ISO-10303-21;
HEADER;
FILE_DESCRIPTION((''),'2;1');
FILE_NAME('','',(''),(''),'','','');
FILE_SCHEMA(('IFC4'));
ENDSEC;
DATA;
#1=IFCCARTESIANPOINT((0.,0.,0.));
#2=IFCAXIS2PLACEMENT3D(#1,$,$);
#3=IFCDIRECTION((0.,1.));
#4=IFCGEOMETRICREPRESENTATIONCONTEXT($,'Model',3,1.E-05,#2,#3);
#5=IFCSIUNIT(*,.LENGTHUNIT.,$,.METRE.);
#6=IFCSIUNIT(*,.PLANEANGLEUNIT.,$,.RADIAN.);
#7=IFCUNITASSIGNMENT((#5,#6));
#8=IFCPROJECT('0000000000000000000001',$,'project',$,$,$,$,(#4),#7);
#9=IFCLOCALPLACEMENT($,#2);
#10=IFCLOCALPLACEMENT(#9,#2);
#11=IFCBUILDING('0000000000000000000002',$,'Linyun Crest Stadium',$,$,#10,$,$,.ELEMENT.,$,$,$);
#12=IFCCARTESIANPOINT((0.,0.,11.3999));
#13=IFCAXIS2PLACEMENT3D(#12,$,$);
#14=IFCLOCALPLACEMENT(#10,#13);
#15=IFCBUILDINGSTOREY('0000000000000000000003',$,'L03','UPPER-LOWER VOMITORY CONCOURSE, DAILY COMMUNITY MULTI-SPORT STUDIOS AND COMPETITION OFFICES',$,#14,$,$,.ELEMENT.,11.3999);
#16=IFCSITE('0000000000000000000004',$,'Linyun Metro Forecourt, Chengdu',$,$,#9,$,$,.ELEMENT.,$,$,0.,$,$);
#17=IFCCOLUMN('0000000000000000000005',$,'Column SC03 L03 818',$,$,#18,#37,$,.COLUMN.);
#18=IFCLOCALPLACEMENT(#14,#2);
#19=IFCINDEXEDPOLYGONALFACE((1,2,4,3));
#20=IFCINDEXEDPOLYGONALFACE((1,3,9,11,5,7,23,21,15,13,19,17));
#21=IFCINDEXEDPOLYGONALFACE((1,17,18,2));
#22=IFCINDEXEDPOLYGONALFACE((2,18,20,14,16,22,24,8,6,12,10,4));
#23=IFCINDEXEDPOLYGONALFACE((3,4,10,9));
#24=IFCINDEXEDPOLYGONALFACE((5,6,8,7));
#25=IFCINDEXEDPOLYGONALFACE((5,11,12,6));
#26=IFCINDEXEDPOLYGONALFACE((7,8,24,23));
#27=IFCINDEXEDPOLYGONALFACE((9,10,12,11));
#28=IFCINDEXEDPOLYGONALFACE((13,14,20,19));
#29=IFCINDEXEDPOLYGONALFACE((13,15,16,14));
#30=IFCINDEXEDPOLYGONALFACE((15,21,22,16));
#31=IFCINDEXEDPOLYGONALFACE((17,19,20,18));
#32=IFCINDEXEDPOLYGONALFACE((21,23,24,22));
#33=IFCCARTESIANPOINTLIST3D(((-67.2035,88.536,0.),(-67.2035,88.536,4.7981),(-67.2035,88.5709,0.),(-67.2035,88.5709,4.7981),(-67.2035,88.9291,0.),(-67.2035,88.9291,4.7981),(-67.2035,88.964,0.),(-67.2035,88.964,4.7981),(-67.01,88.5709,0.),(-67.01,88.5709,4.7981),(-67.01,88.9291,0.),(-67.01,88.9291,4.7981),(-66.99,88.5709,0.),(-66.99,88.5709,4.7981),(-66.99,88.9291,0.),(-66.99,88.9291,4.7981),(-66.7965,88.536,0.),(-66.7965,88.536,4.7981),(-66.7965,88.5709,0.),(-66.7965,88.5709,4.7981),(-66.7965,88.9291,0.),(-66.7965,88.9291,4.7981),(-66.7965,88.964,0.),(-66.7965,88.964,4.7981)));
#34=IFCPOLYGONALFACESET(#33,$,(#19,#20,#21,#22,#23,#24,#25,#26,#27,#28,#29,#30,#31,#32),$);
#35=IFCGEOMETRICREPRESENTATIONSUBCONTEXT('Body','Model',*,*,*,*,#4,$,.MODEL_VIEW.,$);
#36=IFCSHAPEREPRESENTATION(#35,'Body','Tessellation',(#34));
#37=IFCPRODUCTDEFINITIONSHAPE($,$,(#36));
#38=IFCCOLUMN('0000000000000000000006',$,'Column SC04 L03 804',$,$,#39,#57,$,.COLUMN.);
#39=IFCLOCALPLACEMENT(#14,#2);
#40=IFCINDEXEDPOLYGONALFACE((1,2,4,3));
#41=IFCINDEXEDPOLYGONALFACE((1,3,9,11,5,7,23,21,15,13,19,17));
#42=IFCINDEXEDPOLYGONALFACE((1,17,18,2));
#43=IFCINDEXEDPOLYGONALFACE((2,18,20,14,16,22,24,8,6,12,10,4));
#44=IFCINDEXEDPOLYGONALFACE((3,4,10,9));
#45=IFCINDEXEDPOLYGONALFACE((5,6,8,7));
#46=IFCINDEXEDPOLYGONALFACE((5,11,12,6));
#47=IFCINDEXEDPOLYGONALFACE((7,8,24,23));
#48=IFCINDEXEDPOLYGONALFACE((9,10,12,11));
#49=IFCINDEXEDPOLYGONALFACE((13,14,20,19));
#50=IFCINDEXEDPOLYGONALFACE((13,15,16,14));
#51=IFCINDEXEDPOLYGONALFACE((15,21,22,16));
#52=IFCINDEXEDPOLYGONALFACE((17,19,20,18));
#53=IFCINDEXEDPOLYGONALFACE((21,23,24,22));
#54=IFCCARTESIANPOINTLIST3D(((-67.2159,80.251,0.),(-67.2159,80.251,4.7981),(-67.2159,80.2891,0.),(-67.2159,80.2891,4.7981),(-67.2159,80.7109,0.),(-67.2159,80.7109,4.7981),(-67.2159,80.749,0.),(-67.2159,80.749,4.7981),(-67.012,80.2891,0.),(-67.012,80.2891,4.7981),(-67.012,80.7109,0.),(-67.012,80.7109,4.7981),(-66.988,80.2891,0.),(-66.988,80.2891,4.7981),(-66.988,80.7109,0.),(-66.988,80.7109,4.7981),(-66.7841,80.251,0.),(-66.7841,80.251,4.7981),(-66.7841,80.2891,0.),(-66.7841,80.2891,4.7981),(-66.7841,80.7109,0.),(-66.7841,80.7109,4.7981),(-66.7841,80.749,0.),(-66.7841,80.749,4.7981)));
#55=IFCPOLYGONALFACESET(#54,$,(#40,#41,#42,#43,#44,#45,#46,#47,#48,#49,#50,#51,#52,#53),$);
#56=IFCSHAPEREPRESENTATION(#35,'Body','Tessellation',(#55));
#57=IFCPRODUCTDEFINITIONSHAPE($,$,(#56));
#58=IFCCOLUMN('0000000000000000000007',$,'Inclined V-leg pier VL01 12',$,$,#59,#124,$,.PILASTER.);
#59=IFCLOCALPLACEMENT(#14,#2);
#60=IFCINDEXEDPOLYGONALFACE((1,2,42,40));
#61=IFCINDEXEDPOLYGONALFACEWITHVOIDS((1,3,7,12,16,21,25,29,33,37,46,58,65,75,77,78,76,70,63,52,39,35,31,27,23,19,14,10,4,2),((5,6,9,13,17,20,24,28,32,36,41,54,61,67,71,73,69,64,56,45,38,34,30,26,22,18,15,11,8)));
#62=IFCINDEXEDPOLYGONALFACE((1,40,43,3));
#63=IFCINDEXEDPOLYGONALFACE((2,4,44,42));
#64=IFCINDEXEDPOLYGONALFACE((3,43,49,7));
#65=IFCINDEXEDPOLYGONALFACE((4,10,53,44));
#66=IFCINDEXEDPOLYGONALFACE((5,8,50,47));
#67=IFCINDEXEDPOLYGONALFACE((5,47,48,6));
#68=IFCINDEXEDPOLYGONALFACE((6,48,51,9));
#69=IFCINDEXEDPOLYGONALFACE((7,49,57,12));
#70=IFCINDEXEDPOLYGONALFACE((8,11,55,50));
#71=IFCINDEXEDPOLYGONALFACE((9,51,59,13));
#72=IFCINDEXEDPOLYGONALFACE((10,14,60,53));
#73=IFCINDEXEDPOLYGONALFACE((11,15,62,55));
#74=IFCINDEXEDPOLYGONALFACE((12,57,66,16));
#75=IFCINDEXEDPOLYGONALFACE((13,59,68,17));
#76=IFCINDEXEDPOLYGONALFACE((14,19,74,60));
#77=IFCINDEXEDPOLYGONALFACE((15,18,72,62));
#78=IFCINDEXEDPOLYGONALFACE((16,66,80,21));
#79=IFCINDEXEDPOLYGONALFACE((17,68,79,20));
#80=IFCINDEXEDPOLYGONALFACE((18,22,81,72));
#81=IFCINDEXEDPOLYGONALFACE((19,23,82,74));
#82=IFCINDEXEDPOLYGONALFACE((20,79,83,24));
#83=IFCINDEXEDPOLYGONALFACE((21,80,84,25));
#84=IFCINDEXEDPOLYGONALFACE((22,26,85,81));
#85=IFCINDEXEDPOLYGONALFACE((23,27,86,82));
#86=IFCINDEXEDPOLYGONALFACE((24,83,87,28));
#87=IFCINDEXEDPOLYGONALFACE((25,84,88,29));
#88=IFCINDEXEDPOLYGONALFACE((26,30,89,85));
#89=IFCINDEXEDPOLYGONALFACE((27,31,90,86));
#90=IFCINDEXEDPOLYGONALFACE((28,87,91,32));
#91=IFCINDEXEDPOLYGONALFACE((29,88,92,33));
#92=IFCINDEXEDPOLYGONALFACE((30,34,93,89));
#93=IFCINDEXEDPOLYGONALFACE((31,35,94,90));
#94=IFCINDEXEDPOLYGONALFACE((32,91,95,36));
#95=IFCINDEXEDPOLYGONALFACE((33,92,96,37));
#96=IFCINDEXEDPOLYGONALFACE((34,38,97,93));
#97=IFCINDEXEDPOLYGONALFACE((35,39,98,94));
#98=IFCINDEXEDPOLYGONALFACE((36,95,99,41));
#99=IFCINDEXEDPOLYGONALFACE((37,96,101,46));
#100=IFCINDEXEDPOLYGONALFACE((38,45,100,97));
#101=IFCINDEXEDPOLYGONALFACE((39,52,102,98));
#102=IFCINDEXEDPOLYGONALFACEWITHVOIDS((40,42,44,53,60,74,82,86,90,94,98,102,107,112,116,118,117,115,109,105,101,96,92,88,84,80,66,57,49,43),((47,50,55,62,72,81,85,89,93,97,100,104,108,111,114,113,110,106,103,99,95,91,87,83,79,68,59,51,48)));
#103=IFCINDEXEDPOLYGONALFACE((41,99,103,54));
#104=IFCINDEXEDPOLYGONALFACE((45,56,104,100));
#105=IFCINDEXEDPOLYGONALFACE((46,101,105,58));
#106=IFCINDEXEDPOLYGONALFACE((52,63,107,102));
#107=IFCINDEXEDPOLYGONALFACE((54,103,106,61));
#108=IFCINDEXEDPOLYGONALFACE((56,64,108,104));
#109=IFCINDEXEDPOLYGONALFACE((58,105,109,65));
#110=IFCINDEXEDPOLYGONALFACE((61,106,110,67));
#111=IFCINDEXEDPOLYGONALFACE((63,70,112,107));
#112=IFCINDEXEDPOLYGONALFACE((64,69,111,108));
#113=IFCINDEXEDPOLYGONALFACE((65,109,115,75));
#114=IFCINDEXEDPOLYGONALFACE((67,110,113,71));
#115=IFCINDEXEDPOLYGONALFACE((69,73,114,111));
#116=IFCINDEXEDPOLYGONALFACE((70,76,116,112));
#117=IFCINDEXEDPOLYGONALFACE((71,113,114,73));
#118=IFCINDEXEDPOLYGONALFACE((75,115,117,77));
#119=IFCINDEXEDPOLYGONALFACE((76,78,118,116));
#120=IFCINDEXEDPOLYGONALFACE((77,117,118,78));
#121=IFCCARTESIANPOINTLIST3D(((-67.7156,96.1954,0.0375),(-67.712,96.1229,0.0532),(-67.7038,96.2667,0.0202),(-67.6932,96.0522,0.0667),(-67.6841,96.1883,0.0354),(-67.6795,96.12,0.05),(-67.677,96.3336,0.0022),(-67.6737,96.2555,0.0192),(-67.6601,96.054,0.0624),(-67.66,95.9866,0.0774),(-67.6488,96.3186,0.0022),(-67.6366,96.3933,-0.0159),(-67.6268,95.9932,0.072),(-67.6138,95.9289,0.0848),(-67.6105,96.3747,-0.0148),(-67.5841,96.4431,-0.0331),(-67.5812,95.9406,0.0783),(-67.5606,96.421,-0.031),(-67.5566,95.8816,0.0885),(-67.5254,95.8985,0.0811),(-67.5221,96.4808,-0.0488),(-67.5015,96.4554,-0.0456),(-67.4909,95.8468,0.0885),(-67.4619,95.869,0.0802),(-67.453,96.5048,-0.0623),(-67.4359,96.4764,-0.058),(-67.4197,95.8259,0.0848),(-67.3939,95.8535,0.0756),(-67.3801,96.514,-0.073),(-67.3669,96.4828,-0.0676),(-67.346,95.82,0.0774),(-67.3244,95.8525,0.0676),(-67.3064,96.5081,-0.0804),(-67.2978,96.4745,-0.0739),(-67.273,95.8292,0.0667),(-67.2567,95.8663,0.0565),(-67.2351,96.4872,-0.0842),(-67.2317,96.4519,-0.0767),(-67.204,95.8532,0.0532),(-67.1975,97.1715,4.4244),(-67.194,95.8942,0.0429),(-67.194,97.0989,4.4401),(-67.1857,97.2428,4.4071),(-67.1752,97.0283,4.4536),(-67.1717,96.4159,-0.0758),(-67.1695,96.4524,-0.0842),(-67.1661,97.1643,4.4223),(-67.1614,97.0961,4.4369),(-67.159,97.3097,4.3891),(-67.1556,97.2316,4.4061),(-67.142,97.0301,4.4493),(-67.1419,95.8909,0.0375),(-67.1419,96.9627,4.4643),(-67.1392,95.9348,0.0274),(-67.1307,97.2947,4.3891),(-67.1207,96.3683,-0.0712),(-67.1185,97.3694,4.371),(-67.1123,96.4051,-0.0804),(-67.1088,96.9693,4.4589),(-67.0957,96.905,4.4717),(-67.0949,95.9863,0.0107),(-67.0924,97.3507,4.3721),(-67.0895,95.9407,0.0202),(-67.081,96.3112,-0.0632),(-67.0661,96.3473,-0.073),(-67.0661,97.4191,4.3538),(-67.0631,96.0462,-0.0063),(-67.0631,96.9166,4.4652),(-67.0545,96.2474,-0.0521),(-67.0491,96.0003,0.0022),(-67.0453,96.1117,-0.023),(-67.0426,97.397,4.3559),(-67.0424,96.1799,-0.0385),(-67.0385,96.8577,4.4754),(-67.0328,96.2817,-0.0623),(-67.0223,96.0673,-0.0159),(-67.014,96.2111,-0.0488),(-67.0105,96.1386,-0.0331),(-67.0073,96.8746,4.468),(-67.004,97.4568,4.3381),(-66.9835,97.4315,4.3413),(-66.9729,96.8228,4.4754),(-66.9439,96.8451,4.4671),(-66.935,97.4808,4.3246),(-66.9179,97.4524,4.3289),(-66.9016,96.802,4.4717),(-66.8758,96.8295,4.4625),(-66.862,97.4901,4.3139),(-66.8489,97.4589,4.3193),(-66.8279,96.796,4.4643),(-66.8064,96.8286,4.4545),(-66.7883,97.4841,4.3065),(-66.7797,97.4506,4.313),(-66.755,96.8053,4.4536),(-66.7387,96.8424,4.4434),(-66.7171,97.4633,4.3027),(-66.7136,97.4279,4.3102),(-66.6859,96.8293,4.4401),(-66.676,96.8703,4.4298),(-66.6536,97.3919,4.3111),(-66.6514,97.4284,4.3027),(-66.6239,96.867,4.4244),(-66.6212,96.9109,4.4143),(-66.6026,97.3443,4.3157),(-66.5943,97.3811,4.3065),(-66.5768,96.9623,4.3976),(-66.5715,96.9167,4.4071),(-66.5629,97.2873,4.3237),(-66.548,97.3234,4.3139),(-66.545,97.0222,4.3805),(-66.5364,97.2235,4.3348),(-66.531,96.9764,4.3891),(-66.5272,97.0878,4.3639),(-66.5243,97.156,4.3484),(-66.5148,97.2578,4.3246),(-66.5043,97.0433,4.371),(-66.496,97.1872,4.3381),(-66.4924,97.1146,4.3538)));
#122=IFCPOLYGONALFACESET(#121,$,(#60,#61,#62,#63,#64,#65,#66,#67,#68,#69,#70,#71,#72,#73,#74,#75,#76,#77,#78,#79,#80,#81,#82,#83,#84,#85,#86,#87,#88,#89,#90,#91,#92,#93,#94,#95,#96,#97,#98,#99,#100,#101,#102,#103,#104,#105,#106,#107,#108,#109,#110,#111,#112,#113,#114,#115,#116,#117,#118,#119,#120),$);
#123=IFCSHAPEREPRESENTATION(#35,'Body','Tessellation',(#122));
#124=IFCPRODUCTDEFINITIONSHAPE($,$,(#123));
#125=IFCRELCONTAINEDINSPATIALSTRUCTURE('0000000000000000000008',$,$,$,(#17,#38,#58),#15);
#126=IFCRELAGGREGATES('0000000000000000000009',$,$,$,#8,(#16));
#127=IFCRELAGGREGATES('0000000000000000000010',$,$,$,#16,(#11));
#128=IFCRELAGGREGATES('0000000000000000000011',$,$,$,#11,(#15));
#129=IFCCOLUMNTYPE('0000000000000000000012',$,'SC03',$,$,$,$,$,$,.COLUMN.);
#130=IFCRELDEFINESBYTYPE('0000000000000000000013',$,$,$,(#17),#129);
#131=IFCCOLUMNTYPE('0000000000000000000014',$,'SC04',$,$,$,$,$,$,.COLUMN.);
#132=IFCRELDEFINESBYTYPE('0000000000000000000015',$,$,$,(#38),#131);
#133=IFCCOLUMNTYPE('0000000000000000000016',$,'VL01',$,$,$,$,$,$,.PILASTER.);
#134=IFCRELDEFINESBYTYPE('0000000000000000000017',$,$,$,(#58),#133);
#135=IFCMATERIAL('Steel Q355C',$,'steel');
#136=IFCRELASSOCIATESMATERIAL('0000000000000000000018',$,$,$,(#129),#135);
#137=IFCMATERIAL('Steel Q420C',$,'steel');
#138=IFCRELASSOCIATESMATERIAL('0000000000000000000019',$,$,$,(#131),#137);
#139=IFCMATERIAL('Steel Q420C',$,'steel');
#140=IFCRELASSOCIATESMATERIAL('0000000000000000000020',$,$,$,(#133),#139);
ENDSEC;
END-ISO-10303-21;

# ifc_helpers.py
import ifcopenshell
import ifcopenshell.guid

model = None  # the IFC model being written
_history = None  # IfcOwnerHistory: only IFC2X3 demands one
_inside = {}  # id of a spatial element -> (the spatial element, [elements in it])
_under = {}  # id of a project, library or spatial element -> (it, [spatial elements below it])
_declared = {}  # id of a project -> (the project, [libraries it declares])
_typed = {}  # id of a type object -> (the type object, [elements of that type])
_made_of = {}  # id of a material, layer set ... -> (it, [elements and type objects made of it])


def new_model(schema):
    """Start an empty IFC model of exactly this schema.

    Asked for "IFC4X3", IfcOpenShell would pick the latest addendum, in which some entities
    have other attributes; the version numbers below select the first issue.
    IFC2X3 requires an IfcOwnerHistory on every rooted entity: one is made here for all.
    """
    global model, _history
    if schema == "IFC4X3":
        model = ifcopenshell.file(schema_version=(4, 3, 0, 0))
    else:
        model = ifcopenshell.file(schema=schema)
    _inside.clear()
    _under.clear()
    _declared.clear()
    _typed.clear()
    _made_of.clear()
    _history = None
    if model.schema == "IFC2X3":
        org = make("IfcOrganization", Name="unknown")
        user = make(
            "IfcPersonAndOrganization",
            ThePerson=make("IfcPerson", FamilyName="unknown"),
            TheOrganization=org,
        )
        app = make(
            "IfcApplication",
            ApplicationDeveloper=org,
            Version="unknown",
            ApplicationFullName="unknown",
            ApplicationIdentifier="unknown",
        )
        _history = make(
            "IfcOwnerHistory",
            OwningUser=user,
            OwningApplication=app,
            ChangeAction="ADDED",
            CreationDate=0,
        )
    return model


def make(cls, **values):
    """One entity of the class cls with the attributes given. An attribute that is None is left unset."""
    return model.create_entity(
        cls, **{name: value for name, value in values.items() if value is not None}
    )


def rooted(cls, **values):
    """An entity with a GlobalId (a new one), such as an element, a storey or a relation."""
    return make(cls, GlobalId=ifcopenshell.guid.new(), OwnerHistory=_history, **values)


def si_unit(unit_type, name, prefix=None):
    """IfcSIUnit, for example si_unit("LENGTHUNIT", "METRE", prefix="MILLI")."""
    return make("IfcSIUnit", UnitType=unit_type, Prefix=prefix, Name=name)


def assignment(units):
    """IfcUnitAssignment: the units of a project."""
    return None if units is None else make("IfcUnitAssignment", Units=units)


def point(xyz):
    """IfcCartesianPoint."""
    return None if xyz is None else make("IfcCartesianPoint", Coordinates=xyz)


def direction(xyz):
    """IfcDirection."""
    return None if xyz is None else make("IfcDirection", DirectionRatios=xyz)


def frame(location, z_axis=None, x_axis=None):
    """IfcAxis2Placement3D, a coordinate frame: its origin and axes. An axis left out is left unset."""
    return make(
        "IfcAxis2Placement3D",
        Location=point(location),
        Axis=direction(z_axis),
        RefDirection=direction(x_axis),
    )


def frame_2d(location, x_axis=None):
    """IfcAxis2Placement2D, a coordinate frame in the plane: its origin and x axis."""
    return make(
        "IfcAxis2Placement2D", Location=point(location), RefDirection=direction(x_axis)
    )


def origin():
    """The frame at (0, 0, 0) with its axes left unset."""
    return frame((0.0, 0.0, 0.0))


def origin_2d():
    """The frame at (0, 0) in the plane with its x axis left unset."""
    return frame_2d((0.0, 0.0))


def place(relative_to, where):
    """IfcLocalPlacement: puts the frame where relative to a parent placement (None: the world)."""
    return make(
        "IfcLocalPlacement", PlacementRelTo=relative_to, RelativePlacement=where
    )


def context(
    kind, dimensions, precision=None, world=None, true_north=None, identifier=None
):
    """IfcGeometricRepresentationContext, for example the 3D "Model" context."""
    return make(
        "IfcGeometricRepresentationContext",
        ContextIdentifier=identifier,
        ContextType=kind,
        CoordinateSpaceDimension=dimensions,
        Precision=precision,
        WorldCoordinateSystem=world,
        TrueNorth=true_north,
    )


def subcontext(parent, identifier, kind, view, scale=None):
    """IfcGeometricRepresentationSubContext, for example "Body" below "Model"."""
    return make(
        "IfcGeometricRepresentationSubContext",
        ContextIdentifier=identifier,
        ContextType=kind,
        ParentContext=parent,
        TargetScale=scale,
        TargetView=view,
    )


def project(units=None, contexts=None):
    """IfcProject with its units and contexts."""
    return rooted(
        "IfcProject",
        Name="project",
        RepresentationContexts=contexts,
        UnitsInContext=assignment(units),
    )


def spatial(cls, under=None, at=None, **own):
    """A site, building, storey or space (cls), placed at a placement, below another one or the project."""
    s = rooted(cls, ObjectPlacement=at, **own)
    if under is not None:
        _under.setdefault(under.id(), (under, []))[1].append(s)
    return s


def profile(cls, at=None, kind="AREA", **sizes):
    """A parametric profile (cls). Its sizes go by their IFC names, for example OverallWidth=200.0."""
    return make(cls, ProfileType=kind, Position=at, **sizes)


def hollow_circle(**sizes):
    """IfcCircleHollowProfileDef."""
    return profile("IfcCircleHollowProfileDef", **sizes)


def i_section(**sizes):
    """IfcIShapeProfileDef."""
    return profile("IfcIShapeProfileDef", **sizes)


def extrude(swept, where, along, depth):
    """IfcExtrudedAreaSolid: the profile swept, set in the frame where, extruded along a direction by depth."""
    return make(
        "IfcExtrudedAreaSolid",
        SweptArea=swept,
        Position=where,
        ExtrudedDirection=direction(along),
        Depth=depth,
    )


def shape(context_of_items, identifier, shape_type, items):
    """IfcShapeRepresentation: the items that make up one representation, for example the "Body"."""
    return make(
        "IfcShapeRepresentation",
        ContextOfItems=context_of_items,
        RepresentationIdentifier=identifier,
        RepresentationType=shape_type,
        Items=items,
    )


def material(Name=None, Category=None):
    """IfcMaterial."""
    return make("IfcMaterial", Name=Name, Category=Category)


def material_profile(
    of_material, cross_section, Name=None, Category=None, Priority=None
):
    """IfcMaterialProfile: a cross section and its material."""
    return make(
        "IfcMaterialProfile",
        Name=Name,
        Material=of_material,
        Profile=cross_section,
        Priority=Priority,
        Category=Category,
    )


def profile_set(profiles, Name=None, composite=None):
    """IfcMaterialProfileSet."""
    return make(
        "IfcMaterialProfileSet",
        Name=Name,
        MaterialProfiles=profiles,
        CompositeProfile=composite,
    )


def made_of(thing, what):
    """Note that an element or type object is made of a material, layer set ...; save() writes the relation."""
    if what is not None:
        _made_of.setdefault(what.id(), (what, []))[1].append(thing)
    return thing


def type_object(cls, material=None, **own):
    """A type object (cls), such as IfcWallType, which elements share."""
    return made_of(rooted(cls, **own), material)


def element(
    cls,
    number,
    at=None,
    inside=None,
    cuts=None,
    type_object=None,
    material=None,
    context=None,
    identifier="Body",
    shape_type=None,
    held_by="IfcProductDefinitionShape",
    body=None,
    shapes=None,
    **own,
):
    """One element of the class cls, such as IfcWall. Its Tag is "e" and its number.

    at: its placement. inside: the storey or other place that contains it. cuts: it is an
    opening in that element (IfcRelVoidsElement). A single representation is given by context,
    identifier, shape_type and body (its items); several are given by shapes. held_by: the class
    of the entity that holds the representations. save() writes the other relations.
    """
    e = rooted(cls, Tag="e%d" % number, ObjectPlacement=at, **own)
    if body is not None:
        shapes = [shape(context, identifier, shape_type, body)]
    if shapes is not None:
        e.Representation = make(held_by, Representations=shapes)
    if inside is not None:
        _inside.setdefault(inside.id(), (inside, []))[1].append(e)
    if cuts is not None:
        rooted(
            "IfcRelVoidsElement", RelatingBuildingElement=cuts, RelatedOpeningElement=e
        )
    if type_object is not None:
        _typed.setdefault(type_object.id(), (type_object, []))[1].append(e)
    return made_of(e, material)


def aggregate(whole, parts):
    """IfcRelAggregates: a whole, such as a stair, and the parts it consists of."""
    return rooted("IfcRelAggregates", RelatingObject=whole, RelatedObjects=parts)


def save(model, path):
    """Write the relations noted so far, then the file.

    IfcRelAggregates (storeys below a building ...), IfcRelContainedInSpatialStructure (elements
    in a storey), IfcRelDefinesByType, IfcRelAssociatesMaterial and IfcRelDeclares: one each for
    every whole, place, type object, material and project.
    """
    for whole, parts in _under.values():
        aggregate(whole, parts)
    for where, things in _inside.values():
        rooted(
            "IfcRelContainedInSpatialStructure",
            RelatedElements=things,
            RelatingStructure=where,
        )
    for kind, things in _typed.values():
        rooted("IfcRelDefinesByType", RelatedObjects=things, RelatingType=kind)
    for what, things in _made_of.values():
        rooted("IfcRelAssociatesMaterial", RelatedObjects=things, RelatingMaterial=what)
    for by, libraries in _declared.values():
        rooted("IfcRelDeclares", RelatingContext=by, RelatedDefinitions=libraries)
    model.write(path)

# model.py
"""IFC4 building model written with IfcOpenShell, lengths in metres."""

from ifc_helpers import new_model, si_unit, direction, frame, origin, origin_2d, place, context, subcontext, project, spatial, hollow_circle, i_section, extrude, material, material_profile, profile_set, type_object, element, save


model = new_model("IFC4")

# Units and contexts
model_context = context("Model", 3, precision=1e-05, world=origin(), true_north=direction((0.0, 1.0)))
body_context = subcontext(model_context, "Body", "Model", "MODEL_VIEW")
ifc_project = project(units=[si_unit("LENGTHUNIT", "METRE"), si_unit("PLANEANGLEUNIT", "RADIAN")], contexts=[model_context])

# Site, building, storey
site_placement = place(None, origin())
site = spatial("IfcSite", under=ifc_project, at=site_placement, Name="Linyun Metro Forecourt, Chengdu", CompositionType="ELEMENT", RefElevation=0.0)
building_placement = place(site_placement, origin())
building = spatial("IfcBuilding", under=site, at=building_placement, Name="Linyun Crest Stadium", CompositionType="ELEMENT")
storey_placement = place(building_placement, frame((0.0, 0.0, 11.3999)))
storey = spatial("IfcBuildingStorey", under=building, at=storey_placement, Name="L03", Description="UPPER-LOWER VOMITORY CONCOURSE, DAILY COMMUNITY MULTI-SPORT STUDIOS AND COMPETITION OFFICES", CompositionType="ELEMENT", Elevation=11.3999)

# Columns
ifc_material_1 = material(Name="Steel Q355C", Category="steel")
ifc_material_profile_1 = material_profile(ifc_material_1, i_section(OverallWidth=0.407, OverallDepth=0.428, WebThickness=0.02, FlangeThickness=0.0349, at=origin_2d()), Name="HW 428x407")
ifc_profile_set_1 = profile_set([ifc_material_profile_1], Name="Steel Q355C")
column_type_1 = type_object("IfcColumnType", Name="SC03", PredefinedType="COLUMN", material=ifc_profile_set_1)
column_1_placement = place(storey_placement, frame((-67.0, 88.75, 0.0), z_axis=(0.0, 0.0, 1.0), x_axis=(1.0, 0.0, 0.0)))
element("IfcColumn", 1, at=column_1_placement, inside=storey, type_object=column_type_1, Name="Column SC03 L03 818", PredefinedType="COLUMN", context=body_context, shape_type="SweptSolid", body=[
    extrude(i_section(OverallWidth=0.407, OverallDepth=0.428, WebThickness=0.02, FlangeThickness=0.0349, at=origin_2d()), origin(), (0.0, 0.0, 1.0), 4.7981),
])
ifc_material_2 = material(Name="Steel Q420C", Category="steel")
ifc_material_profile_2 = material_profile(ifc_material_2, i_section(OverallWidth=0.4319, OverallDepth=0.498, WebThickness=0.0239, FlangeThickness=0.0381, at=origin_2d()), Name="HW 498x432")
ifc_profile_set_2 = profile_set([ifc_material_profile_2], Name="Steel Q420C")
column_type_2 = type_object("IfcColumnType", Name="SC04", PredefinedType="COLUMN", material=ifc_profile_set_2)
column_2_placement = place(storey_placement, frame((-67.0, 80.5, 0.0), z_axis=(0.0, 0.0, 1.0), x_axis=(1.0, 0.0, 0.0)))
element("IfcColumn", 2, at=column_2_placement, inside=storey, type_object=column_type_2, Name="Column SC04 L03 804", PredefinedType="COLUMN", context=body_context, shape_type="SweptSolid", body=[
    extrude(i_section(OverallWidth=0.4319, OverallDepth=0.498, WebThickness=0.0239, FlangeThickness=0.0381, at=origin_2d()), origin(), (0.0, 0.0, 1.0), 4.7981),
])
ifc_material_3 = material(Name="Steel Q420C", Category="steel")
ifc_material_profile_3 = material_profile(ifc_material_3, hollow_circle(Radius=0.3555, WallThickness=0.032, at=origin_2d()), Name="CHS 711x32")
ifc_profile_set_3 = profile_set([ifc_material_profile_3], Name="Steel Q420C")
column_type_3 = type_object("IfcColumnType", Name="VL01", PredefinedType="PILASTER", material=ifc_profile_set_3)
column_3_placement = place(storey_placement, frame((-67.363, 96.167, 0.0022), z_axis=(0.114515, 0.215755, 0.969709), x_axis=(-0.883293, 0.468821, 0.0)))
element("IfcColumn", 3, at=column_3_placement, inside=storey, type_object=column_type_3, Name="Inclined V-leg pier VL01 12", PredefinedType="PILASTER", context=body_context, shape_type="SweptSolid", body=[
    extrude(hollow_circle(Radius=0.3555, WallThickness=0.032, at=origin_2d()), origin(), (0.0, 0.0, 1.0), 4.5239),
])

save(model, "model.ifc")
